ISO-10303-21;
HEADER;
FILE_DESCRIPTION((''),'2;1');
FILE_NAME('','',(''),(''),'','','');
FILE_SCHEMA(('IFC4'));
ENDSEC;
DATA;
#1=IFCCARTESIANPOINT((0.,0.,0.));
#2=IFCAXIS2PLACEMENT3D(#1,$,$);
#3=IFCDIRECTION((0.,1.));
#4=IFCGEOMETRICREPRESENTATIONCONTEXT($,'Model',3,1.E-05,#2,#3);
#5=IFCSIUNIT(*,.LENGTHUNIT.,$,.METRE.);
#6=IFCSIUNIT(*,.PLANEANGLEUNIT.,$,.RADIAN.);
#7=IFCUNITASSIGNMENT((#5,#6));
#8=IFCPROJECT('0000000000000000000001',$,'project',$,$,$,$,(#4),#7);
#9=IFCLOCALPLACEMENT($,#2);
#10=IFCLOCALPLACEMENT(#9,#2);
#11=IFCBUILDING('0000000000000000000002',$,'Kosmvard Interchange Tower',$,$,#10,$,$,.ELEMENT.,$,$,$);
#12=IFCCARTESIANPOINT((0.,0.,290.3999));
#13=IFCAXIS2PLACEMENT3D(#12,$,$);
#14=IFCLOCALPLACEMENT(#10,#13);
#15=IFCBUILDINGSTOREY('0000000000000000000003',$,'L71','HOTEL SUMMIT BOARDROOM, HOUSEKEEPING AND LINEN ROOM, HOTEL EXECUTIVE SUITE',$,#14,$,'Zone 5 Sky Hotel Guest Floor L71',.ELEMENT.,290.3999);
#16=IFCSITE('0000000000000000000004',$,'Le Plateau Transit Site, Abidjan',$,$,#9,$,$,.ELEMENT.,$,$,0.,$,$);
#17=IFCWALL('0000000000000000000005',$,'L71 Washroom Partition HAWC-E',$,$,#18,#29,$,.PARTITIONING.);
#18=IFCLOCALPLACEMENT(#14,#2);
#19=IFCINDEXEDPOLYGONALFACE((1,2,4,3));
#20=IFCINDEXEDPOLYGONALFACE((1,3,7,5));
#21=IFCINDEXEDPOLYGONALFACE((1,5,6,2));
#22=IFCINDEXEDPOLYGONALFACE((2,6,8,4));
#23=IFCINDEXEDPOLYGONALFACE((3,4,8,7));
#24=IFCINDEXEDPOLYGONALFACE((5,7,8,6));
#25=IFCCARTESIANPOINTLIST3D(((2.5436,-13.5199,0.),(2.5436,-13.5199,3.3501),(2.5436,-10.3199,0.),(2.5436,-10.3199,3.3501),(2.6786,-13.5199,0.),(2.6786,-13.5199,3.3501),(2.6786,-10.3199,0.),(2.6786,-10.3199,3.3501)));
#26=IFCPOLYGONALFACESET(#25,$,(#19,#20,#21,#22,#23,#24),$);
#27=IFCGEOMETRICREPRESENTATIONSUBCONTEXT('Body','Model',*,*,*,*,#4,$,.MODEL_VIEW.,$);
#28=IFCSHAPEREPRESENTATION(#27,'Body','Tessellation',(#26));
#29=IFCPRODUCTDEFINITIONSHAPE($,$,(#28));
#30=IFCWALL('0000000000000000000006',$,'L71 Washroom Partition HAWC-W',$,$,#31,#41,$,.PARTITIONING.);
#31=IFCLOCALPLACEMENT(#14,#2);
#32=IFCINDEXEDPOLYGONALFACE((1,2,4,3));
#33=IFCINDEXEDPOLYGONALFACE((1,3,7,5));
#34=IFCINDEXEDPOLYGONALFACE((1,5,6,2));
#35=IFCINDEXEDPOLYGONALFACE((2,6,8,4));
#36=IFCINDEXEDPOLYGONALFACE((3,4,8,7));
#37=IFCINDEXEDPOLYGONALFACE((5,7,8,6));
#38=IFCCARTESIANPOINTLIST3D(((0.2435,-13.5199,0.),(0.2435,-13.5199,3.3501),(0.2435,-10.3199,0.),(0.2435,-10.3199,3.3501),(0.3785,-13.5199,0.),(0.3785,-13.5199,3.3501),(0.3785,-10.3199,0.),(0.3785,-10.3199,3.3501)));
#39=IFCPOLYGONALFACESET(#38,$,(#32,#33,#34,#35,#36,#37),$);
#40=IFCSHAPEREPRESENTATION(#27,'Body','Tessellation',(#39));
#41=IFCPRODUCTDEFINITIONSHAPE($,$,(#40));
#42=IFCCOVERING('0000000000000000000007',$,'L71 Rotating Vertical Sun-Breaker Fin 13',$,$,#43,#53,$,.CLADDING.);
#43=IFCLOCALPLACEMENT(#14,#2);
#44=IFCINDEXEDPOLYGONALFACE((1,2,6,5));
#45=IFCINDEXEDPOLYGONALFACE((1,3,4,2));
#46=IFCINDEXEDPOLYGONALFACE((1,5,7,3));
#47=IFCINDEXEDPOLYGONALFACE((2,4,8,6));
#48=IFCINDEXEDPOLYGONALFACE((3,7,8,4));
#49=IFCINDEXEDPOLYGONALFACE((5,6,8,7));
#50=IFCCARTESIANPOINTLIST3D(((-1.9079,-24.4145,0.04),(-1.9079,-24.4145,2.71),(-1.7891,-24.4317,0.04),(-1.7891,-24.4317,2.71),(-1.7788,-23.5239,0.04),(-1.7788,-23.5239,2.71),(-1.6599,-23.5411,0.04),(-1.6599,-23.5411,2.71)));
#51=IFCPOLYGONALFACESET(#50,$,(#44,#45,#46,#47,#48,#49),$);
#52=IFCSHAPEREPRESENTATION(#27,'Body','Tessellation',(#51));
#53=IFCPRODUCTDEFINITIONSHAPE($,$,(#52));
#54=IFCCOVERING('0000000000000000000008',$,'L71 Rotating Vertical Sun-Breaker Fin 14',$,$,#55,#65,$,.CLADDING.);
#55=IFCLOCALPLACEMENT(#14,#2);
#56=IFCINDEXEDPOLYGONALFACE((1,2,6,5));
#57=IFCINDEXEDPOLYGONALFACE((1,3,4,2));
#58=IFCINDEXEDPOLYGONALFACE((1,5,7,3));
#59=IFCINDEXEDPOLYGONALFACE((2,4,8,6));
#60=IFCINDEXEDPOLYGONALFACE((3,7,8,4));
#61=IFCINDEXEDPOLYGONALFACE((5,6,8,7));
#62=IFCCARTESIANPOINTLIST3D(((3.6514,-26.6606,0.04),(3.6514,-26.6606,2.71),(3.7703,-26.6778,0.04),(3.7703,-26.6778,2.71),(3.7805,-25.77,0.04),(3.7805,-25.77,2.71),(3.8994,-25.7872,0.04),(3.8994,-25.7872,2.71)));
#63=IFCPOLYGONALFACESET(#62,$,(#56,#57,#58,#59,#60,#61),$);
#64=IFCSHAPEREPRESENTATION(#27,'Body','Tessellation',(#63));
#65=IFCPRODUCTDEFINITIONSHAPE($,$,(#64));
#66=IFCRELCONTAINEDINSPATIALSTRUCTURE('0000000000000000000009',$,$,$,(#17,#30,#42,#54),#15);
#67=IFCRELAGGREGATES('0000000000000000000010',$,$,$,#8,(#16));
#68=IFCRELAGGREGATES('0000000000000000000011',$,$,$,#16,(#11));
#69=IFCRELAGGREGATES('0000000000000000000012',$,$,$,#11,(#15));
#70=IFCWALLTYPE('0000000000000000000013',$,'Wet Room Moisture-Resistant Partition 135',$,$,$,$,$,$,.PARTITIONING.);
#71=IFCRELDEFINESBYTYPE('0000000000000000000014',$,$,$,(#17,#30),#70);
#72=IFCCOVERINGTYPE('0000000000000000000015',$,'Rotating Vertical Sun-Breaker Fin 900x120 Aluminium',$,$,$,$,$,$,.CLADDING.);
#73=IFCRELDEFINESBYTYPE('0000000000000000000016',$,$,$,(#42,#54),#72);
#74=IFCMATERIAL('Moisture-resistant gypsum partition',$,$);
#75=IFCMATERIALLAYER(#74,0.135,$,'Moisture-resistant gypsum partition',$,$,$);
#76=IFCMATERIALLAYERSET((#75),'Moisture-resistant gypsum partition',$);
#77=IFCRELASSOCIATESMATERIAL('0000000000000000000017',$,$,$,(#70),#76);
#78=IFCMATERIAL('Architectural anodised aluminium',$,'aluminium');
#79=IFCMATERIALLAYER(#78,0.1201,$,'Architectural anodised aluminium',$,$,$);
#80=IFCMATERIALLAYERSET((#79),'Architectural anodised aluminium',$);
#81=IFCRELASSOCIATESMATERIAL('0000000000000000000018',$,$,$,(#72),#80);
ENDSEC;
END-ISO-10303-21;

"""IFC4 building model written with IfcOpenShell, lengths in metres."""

from ifc_helpers import new_model, si_unit, direction, frame, frame_2d, origin, origin_2d, place, context, subcontext, project, spatial, rectangle, extrude, source, transform, mapped, material, layer, layer_set, type_object, element, save


model = new_model("IFC4")

# Units and contexts
model_context = context("Model", 3, precision=1e-05, world=origin(), true_north=direction((0.0, 1.0)))
body_context = subcontext(model_context, "Body", "Model", "MODEL_VIEW")
ifc_project = project(units=[si_unit("LENGTHUNIT", "METRE"), si_unit("PLANEANGLEUNIT", "RADIAN")], contexts=[model_context])

# Site, building, storey
site_placement = place(None, origin())
site = spatial("IfcSite", under=ifc_project, at=site_placement, Name="Le Plateau Transit Site, Abidjan", CompositionType="ELEMENT", RefElevation=0.0)
building_placement = place(site_placement, origin())
building = spatial("IfcBuilding", under=site, at=building_placement, Name="Kosmvard Interchange Tower", CompositionType="ELEMENT")
storey_placement = place(building_placement, frame((0.0, 0.0, 290.3999)))
storey = spatial("IfcBuildingStorey", under=building, at=storey_placement, Name="L71", Description="HOTEL SUMMIT BOARDROOM, HOUSEKEEPING AND LINEN ROOM, HOTEL EXECUTIVE SUITE", LongName="Zone 5 Sky Hotel Guest Floor L71", CompositionType="ELEMENT", Elevation=290.3999)

# Walls
ifc_material_1 = material(Name="Moisture-resistant gypsum partition")
ifc_layer_1 = layer(ifc_material_1, 0.135, Name="Moisture-resistant gypsum partition")
ifc_layer_set_1 = layer_set([ifc_layer_1], Name="Moisture-resistant gypsum partition")
wall_type_1 = type_object("IfcWallType", Name="Wet Room Moisture-Resistant Partition 135", PredefinedType="PARTITIONING", material=ifc_layer_set_1)
for number, where, z_axis, x_axis, name in (
    (1, (2.6111, -13.52, 0.0), (0.0, 0.0, 1.0), (0.0, 1.0, 0.0), "L71 Washroom Partition HAWC-E"),
    (2, (0.311, -13.52, 0.0), (0.0, 0.0, 1.0), (0.0, 1.0, 0.0), "L71 Washroom Partition HAWC-W"),
):
    element("IfcWall", number, at=place(storey_placement, frame(where, z_axis=z_axis, x_axis=x_axis)), inside=storey, type_object=wall_type_1, Name=name, PredefinedType="PARTITIONING", context=body_context, shape_type="SweptSolid", body=[
        extrude(rectangle(XDim=3.2, YDim=0.135, at=frame_2d((1.6001, 0.0))), origin(), (0.0, 0.0, 1.0), 3.3501),
    ])

# Coverings
ifc_material_2 = material(Name="Architectural anodised aluminium", Category="aluminium")
ifc_layer_2 = layer(ifc_material_2, 0.1201, Name="Architectural anodised aluminium")
ifc_layer_set_2 = layer_set([ifc_layer_2], Name="Architectural anodised aluminium")
covering_type = type_object("IfcCoveringType", Name="Rotating Vertical Sun-Breaker Fin 900x120 Aluminium", PredefinedType="CLADDING", material=ifc_layer_set_2)
shared_shape_1 = source(origin(), body_context, "Body", "SweptSolid", [
    extrude(rectangle(XDim=0.8999, YDim=0.1201, at=origin_2d()), origin(), (0.0, 0.0, 1.0), 2.6699),
])
for number, where, z_axis, x_axis, name in (
    (3, (-1.7839, -23.9778, 0.04), (0.0, 0.0, 1.0), (-0.143493, -0.989651, 0.0), "L71 Rotating Vertical Sun-Breaker Fin 13"),
    (4, (3.7754, -26.2239, 0.04), (0.0, 0.0, 1.0), (-0.143493, -0.989651, 0.0), "L71 Rotating Vertical Sun-Breaker Fin 14"),
):
    element("IfcCovering", number, at=place(storey_placement, frame(where, z_axis=z_axis, x_axis=x_axis)), inside=storey, type_object=covering_type, Name=name, PredefinedType="CLADDING", context=body_context, shape_type="MappedRepresentation", body=[
        mapped(shared_shape_1, transform((0.0, 0.0, 0.0), scale=1.0)),
    ])

save(model, "model.ifc")
